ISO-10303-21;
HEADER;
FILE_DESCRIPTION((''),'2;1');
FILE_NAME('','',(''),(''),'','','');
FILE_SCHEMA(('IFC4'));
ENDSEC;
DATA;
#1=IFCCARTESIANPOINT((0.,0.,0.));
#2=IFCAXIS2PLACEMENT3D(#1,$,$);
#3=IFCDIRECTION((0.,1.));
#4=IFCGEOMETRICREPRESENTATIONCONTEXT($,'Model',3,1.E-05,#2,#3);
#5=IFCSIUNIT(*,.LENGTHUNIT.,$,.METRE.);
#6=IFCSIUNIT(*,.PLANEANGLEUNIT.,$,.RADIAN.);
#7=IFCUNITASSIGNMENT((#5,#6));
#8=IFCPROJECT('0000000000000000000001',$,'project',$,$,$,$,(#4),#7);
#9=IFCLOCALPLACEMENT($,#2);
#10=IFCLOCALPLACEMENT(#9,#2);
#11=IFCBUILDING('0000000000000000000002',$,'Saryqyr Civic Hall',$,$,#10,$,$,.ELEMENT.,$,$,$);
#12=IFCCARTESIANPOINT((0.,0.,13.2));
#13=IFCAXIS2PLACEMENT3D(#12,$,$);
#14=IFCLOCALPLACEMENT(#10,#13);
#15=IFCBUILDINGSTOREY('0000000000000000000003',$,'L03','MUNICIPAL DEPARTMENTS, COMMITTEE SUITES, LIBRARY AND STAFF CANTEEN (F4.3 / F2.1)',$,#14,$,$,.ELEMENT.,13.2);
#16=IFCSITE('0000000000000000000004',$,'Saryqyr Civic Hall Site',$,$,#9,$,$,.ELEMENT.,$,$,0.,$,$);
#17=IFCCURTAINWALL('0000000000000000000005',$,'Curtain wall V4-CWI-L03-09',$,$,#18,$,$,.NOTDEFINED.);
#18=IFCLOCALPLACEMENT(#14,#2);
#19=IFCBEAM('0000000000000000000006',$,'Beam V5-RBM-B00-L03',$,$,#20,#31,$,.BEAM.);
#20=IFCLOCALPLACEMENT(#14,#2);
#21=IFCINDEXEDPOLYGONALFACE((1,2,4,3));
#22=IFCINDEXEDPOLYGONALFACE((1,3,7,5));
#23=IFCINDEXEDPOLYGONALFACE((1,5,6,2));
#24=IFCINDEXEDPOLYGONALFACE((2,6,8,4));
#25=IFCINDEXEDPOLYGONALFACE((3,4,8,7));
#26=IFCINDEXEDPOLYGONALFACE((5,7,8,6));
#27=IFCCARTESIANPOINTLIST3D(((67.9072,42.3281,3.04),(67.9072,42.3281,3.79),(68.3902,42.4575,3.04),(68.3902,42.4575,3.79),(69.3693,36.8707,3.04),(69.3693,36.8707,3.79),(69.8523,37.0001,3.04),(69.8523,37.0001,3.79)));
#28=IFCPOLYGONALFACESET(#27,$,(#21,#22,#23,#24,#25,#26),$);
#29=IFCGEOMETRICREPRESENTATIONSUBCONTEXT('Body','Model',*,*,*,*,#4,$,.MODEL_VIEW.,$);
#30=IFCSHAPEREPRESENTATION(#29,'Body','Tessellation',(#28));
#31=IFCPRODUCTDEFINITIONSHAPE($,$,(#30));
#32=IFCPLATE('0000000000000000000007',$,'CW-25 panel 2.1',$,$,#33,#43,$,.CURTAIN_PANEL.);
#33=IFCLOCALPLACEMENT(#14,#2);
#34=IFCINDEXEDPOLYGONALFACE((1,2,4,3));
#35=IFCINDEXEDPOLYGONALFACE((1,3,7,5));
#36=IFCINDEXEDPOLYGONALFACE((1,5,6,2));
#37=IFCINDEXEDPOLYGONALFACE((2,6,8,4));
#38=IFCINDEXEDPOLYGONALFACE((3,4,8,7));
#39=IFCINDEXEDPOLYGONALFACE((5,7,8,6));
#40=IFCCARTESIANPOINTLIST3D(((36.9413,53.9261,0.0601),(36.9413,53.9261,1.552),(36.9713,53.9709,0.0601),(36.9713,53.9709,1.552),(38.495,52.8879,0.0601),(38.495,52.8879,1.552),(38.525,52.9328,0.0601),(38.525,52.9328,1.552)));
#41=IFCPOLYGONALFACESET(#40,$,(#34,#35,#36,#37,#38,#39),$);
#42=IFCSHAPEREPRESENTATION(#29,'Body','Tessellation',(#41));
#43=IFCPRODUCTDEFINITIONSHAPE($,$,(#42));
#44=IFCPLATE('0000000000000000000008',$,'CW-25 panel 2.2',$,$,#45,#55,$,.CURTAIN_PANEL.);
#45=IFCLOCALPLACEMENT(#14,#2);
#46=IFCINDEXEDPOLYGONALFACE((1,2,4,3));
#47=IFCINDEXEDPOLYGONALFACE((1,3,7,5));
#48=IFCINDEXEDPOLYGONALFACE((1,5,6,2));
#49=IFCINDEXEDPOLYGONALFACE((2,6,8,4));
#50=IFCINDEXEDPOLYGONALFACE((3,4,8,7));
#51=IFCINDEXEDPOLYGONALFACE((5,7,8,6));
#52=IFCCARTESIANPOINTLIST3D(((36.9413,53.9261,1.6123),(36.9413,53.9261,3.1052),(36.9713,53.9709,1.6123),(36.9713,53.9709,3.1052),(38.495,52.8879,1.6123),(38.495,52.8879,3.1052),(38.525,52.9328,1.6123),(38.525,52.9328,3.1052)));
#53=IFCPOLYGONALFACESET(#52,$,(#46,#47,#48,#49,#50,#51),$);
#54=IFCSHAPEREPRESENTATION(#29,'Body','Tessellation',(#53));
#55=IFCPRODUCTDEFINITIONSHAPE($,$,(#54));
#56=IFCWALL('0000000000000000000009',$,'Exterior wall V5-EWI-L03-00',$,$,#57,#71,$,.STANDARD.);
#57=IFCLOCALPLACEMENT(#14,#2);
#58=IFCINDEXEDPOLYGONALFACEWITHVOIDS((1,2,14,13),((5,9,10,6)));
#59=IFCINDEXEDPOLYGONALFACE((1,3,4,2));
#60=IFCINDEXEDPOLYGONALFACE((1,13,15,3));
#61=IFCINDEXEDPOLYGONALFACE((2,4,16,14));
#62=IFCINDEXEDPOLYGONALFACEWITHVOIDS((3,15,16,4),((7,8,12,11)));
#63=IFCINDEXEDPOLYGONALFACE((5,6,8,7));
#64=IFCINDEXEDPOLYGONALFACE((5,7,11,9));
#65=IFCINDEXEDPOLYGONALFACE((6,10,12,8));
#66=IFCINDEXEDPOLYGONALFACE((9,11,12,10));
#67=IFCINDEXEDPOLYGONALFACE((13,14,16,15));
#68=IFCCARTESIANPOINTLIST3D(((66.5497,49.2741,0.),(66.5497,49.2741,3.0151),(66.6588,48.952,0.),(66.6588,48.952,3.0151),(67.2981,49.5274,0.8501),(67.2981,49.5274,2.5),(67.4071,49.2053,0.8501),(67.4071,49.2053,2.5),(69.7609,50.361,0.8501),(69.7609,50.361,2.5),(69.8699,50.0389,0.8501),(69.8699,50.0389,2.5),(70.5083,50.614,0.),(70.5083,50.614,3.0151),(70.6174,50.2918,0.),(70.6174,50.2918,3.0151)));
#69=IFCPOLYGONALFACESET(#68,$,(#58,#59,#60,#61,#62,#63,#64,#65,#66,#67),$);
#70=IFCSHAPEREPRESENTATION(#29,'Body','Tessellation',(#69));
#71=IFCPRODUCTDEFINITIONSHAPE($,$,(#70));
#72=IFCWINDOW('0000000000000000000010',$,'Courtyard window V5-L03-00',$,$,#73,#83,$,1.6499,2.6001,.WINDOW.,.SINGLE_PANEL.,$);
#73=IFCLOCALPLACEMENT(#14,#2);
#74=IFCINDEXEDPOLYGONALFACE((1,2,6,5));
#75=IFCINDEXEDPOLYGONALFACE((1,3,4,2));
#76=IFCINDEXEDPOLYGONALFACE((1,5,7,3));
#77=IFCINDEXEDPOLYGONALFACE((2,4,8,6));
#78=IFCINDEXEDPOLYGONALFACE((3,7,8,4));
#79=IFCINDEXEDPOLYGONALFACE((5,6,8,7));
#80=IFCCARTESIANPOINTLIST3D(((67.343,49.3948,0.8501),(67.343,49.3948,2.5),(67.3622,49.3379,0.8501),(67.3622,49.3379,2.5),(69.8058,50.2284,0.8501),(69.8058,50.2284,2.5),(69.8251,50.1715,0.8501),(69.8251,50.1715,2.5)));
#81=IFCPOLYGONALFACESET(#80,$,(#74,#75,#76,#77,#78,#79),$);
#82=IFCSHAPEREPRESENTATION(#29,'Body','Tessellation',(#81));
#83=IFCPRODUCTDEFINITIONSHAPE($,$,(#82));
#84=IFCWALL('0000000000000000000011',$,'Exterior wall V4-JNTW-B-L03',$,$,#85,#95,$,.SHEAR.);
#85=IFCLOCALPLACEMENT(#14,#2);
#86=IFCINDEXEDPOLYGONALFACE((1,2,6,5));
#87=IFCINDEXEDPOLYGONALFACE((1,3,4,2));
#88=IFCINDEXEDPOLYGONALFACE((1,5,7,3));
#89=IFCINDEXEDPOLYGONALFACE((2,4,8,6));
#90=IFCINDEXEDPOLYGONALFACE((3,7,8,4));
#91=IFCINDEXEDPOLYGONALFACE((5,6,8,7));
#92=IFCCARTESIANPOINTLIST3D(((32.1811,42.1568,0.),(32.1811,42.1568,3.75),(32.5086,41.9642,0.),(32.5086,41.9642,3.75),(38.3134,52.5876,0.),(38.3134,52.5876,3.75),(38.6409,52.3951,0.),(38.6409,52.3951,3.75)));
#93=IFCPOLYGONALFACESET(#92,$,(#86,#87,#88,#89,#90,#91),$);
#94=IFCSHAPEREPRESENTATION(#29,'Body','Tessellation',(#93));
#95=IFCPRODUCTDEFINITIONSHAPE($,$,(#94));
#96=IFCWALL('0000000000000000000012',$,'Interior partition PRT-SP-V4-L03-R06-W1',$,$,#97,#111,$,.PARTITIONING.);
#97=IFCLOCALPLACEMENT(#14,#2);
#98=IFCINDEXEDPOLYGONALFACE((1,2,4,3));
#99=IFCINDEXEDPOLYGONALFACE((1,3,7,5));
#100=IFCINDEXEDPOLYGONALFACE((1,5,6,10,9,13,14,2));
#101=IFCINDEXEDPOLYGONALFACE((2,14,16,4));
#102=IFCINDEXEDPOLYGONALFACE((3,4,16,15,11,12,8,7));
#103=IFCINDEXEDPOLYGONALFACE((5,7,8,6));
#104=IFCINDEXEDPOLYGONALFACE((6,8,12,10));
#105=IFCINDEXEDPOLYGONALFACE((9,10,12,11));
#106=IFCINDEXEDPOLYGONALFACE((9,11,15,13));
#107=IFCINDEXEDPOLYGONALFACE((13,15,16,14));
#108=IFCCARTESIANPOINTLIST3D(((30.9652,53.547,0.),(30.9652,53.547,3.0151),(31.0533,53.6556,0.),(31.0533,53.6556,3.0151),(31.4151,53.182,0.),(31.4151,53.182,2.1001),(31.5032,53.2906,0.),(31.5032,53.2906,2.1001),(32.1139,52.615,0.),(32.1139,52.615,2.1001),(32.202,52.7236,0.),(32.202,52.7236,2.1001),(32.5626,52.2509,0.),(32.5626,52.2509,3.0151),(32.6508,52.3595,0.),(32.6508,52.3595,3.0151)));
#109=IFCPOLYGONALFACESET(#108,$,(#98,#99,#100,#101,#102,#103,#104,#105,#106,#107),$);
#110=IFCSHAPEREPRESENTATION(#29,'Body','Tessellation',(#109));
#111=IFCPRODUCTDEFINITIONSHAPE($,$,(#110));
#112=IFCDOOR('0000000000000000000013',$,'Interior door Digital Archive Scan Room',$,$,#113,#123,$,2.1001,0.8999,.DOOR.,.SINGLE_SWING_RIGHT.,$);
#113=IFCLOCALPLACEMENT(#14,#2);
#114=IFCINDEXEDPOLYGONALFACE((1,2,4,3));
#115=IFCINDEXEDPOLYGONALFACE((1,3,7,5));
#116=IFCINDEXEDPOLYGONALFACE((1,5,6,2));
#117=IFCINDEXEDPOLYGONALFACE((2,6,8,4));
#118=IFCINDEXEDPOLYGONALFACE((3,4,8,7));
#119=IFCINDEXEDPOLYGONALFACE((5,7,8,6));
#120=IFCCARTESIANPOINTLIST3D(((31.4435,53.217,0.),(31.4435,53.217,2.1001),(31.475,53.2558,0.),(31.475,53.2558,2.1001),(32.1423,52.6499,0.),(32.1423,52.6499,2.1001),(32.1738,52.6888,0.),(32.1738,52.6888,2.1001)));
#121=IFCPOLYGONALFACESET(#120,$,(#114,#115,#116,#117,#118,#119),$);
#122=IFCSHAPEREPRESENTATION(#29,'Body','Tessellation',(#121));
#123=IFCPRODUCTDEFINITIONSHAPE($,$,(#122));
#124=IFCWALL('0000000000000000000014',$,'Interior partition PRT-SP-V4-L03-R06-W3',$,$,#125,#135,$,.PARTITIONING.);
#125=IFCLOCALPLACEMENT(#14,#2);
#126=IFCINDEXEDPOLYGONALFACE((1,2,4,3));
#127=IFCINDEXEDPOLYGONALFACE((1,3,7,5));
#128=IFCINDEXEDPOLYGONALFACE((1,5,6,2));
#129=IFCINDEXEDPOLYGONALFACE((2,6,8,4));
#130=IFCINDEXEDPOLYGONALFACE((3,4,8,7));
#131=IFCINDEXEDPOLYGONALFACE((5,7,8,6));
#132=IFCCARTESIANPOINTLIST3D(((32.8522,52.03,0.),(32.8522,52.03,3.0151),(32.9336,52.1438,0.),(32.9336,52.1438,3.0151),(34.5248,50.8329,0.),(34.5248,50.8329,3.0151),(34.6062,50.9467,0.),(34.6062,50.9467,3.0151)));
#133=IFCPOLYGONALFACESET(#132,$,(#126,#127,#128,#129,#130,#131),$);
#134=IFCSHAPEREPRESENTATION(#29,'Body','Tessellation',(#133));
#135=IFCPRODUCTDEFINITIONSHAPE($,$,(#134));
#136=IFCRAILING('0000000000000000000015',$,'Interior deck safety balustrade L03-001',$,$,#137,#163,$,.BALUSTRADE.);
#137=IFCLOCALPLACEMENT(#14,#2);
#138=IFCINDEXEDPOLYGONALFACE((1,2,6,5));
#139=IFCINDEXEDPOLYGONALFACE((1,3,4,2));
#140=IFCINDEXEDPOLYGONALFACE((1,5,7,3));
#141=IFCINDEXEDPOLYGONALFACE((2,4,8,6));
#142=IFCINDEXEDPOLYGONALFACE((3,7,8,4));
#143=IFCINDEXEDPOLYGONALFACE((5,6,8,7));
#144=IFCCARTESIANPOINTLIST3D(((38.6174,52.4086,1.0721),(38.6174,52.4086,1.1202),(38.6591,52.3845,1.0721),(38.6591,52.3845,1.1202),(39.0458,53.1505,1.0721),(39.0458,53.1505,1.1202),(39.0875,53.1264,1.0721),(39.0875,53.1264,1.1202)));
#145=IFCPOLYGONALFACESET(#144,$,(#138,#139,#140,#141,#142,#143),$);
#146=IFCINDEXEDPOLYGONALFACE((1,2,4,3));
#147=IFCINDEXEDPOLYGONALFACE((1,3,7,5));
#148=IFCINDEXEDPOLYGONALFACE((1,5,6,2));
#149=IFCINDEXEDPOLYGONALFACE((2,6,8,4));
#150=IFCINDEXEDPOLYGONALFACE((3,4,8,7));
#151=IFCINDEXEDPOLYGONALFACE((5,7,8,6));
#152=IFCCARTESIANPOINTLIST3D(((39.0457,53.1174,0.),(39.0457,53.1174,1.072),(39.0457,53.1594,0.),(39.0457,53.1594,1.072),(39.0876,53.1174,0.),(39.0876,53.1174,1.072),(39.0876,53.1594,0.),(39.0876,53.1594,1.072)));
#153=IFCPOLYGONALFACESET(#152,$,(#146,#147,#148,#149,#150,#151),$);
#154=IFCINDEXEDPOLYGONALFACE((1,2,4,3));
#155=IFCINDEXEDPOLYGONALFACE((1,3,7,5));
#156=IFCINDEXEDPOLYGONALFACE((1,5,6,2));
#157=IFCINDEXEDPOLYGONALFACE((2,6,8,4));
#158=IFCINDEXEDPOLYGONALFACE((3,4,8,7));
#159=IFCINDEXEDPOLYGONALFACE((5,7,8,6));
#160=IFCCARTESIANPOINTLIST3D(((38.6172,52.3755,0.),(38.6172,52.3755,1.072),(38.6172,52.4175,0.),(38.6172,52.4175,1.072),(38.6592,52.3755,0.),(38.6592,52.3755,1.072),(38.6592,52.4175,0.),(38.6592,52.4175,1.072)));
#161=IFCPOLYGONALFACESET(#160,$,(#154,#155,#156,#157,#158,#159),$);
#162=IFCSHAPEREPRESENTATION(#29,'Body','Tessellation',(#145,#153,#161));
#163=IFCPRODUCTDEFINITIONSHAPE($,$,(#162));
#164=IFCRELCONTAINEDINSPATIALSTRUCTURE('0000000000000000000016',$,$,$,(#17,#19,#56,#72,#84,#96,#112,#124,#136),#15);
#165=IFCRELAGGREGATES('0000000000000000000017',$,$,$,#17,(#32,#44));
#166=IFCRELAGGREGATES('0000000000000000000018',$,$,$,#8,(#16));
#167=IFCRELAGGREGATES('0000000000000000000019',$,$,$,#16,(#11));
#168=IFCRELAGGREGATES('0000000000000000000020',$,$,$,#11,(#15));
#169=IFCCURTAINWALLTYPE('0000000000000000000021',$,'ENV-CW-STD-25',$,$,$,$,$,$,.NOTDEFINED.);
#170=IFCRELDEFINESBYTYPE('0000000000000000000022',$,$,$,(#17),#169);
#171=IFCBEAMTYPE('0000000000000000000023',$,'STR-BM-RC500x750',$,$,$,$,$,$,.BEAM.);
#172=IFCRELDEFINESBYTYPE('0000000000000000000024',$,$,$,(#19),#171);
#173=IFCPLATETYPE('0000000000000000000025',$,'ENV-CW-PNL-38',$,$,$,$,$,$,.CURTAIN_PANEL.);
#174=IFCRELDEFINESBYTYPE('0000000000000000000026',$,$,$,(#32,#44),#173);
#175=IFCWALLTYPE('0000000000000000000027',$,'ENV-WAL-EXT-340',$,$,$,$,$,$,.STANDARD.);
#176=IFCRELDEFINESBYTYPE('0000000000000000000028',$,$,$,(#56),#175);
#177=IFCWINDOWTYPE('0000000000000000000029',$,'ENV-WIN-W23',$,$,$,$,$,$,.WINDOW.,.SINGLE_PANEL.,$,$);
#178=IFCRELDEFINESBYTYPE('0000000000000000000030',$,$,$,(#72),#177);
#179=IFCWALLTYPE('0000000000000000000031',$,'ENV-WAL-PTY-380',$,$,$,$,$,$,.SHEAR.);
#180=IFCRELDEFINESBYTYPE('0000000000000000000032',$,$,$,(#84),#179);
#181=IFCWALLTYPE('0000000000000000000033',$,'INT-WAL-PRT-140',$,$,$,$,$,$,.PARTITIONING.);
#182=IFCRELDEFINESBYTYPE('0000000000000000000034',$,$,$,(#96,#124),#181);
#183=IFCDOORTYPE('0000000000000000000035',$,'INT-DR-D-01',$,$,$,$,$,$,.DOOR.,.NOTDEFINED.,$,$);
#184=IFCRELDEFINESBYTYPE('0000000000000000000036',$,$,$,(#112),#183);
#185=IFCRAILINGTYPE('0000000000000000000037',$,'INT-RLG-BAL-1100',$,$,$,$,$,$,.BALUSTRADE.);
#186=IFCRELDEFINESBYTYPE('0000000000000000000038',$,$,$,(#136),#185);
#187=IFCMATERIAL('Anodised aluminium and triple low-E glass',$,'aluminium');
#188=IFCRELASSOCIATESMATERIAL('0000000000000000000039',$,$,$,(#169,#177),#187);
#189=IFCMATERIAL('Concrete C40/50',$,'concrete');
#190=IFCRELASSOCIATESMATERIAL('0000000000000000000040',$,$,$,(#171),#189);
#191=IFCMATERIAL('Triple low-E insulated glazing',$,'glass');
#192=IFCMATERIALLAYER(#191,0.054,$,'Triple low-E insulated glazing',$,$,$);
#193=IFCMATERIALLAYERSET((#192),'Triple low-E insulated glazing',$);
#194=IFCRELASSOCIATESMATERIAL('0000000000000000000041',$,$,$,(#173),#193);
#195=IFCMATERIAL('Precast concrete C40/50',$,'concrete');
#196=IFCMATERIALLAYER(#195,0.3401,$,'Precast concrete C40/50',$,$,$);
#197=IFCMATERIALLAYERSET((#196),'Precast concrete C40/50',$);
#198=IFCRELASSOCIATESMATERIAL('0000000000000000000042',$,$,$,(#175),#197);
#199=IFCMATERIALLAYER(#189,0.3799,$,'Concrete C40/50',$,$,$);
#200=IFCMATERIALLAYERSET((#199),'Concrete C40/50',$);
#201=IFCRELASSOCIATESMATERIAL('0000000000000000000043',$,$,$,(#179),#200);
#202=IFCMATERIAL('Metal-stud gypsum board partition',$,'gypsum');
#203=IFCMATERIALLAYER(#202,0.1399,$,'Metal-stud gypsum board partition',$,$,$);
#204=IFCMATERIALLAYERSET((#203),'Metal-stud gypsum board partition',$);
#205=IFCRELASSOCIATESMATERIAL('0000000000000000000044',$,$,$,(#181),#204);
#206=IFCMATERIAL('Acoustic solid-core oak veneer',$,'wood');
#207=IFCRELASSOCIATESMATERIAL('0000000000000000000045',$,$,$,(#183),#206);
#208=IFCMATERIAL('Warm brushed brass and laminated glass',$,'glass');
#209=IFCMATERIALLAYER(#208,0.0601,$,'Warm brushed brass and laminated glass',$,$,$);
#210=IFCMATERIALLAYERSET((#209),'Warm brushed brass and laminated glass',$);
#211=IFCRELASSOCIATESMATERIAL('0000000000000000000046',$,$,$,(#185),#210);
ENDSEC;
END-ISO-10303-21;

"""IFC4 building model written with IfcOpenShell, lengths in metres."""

from ifc_helpers import new_model, si_unit, direction, frame, frame_2d, origin, origin_2d, place, context, subcontext, project, spatial, rectangle, extrude, material, layer, layer_set, material_profile, profile_set, type_object, element, fill, aggregate, save


model = new_model("IFC4")

# Units and contexts
model_context = context("Model", 3, precision=1e-05, world=origin(), true_north=direction((0.0, 1.0)))
body_context = subcontext(model_context, "Body", "Model", "MODEL_VIEW")
ifc_project = project(units=[si_unit("LENGTHUNIT", "METRE"), si_unit("PLANEANGLEUNIT", "RADIAN")], contexts=[model_context])

# Site, building, storey
site_placement = place(None, origin())
site = spatial("IfcSite", under=ifc_project, at=site_placement, Name="Saryqyr Civic Hall Site", CompositionType="ELEMENT", RefElevation=0.0)
building_placement = place(site_placement, origin())
building = spatial("IfcBuilding", under=site, at=building_placement, Name="Saryqyr Civic Hall", CompositionType="ELEMENT")
storey_placement = place(building_placement, frame((0.0, 0.0, 13.2)))
storey = spatial("IfcBuildingStorey", under=building, at=storey_placement, Name="L03", Description="MUNICIPAL DEPARTMENTS, COMMITTEE SUITES, LIBRARY AND STAFF CANTEEN (F4.3 / F2.1)", CompositionType="ELEMENT", Elevation=13.2)

# Shared definitions
ifc_material_1 = material(Name="Concrete C40/50", Category="concrete")

# Curtain wall
ifc_material_2 = material(Name="Anodised aluminium and triple low-E glass", Category="aluminium")
curtain_wall_type = type_object("IfcCurtainWallType", Name="ENV-CW-STD-25", PredefinedType="NOTDEFINED", material=ifc_material_2)
curtain_wall_placement = place(storey_placement, origin())
curtain_wall = element("IfcCurtainWall", 1, at=curtain_wall_placement, inside=storey, type_object=curtain_wall_type, Name="Curtain wall V4-CWI-L03-09", PredefinedType="NOTDEFINED")

# Beam
ifc_material_profile_1 = material_profile(ifc_material_1, rectangle(XDim=0.5, YDim=0.75, at=origin_2d()), Name="RC 500x750")
ifc_profile_set_1 = profile_set([ifc_material_profile_1], Name="Concrete C40/50")
beam_type_1 = type_object("IfcBeamType", Name="STR-BM-RC500x750", PredefinedType="BEAM", material=ifc_profile_set_1)
beam_1_placement = place(storey_placement, frame((68.1487, 42.3928, 3.415), z_axis=(0.258789, -0.965934, 0.0), x_axis=(0.965934, 0.258789, 0.0)))
element("IfcBeam", 2, at=beam_1_placement, inside=storey, type_object=beam_type_1, Name="Beam V5-RBM-B00-L03", PredefinedType="BEAM", context=body_context, shape_type="SweptSolid", body=[
    extrude(rectangle(XDim=0.5, YDim=0.75, at=origin_2d()), origin(), (0.0, 0.0, 1.0), 5.6499),
])

# Plates
ifc_material_3 = material(Name="Triple low-E insulated glazing", Category="glass")
ifc_layer_1 = layer(ifc_material_3, 0.054, Name="Triple low-E insulated glazing")
ifc_layer_set_1 = layer_set([ifc_layer_1], Name="Triple low-E insulated glazing")
plate_type = type_object("IfcPlateType", Name="ENV-CW-PNL-38", PredefinedType="CURTAIN_PANEL", material=ifc_layer_set_1)
plate_1_placement = place(storey_placement, frame((37.7332, 53.4294, 0.0601), z_axis=(0.0, 0.0, 1.0), x_axis=(0.83148, -0.555554, 0.0)))
plate_1 = element("IfcPlate", 3, at=plate_1_placement, type_object=plate_type, Name="CW-25 panel 2.1", PredefinedType="CURTAIN_PANEL", context=body_context, shape_type="SweptSolid", body=[
    extrude(rectangle(XDim=1.8687, YDim=0.054, at=origin_2d()), origin(), (0.0, 0.0, 1.0), 1.4919),
])
plate_2_placement = place(storey_placement, frame((37.7332, 53.4294, 1.6123), z_axis=(0.0, 0.0, 1.0), x_axis=(0.83148, -0.555554, 0.0)))
plate_2 = element("IfcPlate", 4, at=plate_2_placement, type_object=plate_type, Name="CW-25 panel 2.2", PredefinedType="CURTAIN_PANEL", context=body_context, shape_type="SweptSolid", body=[
    extrude(rectangle(XDim=1.8687, YDim=0.054, at=origin_2d()), origin(), (0.0, 0.0, 1.0), 1.4929),
])
aggregate(curtain_wall, [plate_1, plate_2])

# Wall, opening, window
ifc_material_4 = material(Name="Precast concrete C40/50", Category="concrete")
ifc_layer_2 = layer(ifc_material_4, 0.3401, Name="Precast concrete C40/50")
ifc_layer_set_2 = layer_set([ifc_layer_2], Name="Precast concrete C40/50")
wall_type_1 = type_object("IfcWallType", Name="ENV-WAL-EXT-340", PredefinedType="STANDARD", material=ifc_layer_set_2)
wall_1_placement = place(storey_placement, frame((66.6042, 49.113, 0.0), z_axis=(0.0, 0.0, 1.0), x_axis=(0.947213, 0.320606, 0.0)))
wall_1 = element("IfcWall", 5, at=wall_1_placement, inside=storey, type_object=wall_type_1, Name="Exterior wall V5-EWI-L03-00", PredefinedType="STANDARD", context=body_context, shape_type="SweptSolid", body=[
    extrude(rectangle(XDim=4.1792, YDim=0.3401, at=frame_2d((2.0896, 0.0))), origin(), (0.0, 0.0, 1.0), 3.0151),
])
opening_1_placement = place(wall_1_placement, frame((0.79, 0.0, 0.8501)))
opening_1 = element("IfcOpeningElement", 6, at=opening_1_placement, cuts=wall_1, PredefinedType="OPENING", context=body_context, shape_type="SweptSolid", body=[
    extrude(rectangle(XDim=2.6001, YDim=1.6499, at=frame_2d((1.3, 0.825))), frame((0.0, 0.1799, 0.0), z_axis=(0.0, -1.0, 0.0), x_axis=(1.0, 0.0, 0.0)), (0.0, 0.0, 1.0), 0.3601),
])
window_type = type_object("IfcWindowType", Name="ENV-WIN-W23", PartitioningType="SINGLE_PANEL", PredefinedType="WINDOW", material=ifc_material_2)
window_placement = place(opening_1_placement, origin())
window = element("IfcWindow", 7, at=window_placement, inside=storey, type_object=window_type, Name="Courtyard window V5-L03-00", OverallHeight=1.6499, OverallWidth=2.6001, PartitioningType="SINGLE_PANEL", PredefinedType="WINDOW", context=body_context, shape_type="SweptSolid", body=[
    extrude(rectangle(XDim=2.6001, YDim=1.6499, at=frame_2d((1.3, 0.825))), frame((0.0, 0.03, 0.0), z_axis=(0.0, -1.0, 0.0), x_axis=(1.0, 0.0, 0.0)), (0.0, 0.0, 1.0), 0.0601),
])
fill(opening_1, window)

# Wall
ifc_layer_3 = layer(ifc_material_1, 0.3799, Name="Concrete C40/50")
ifc_layer_set_3 = layer_set([ifc_layer_3], Name="Concrete C40/50")
wall_type_2 = type_object("IfcWallType", Name="ENV-WAL-PTY-380", PredefinedType="SHEAR", material=ifc_layer_set_3)
wall_2_placement = place(storey_placement, frame((38.4771, 52.4912, 0.0), z_axis=(0.0, 0.0, 1.0), x_axis=(-0.506805, -0.862061, 0.0)))
element("IfcWall", 8, at=wall_2_placement, inside=storey, type_object=wall_type_2, Name="Exterior wall V4-JNTW-B-L03", PredefinedType="SHEAR", context=body_context, shape_type="SweptSolid", body=[
    extrude(rectangle(XDim=12.0999, YDim=0.3799, at=frame_2d((6.0498, 0.0))), origin(), (0.0, 0.0, 1.0), 3.75),
])

# Wall, opening, door
ifc_material_5 = material(Name="Metal-stud gypsum board partition", Category="gypsum")
ifc_layer_4 = layer(ifc_material_5, 0.1399, Name="Metal-stud gypsum board partition")
ifc_layer_set_4 = layer_set([ifc_layer_4], Name="Metal-stud gypsum board partition")
wall_type_3 = type_object("IfcWallType", Name="INT-WAL-PRT-140", PredefinedType="PARTITIONING", material=ifc_layer_set_4)
wall_3_placement = place(storey_placement, frame((32.6067, 52.3052, 0.0), z_axis=(0.0, 0.0, 1.0), x_axis=(-0.776531, 0.630079, 0.0)))
wall_3 = element("IfcWall", 9, at=wall_3_placement, inside=storey, type_object=wall_type_3, Name="Interior partition PRT-SP-V4-L03-R06-W1", PredefinedType="PARTITIONING", context=body_context, shape_type="SweptSolid", body=[
    extrude(rectangle(XDim=2.0571, YDim=0.1399, at=frame_2d((1.0286, 0.0))), origin(), (0.0, 0.0, 1.0), 3.0151),
])
opening_2_placement = place(wall_3_placement, frame((0.5779, 0.0, 0.0)))
opening_2 = element("IfcOpeningElement", 10, at=opening_2_placement, cuts=wall_3, PredefinedType="OPENING", context=body_context, shape_type="SweptSolid", body=[
    extrude(rectangle(XDim=0.8999, YDim=2.1001, at=frame_2d((0.45, 1.05))), frame((0.0, 0.0798, 0.0), z_axis=(0.0, -1.0, 0.0), x_axis=(1.0, 0.0, 0.0)), (0.0, 0.0, 1.0), 0.1599),
])
ifc_material_6 = material(Name="Acoustic solid-core oak veneer", Category="wood")
door_type = type_object("IfcDoorType", Name="INT-DR-D-01", OperationType="NOTDEFINED", PredefinedType="DOOR", material=ifc_material_6)
door_placement = place(opening_2_placement, origin())
door = element("IfcDoor", 11, at=door_placement, inside=storey, type_object=door_type, Name="Interior door Digital Archive Scan Room", OperationType="SINGLE_SWING_RIGHT", OverallHeight=2.1001, OverallWidth=0.8999, PredefinedType="DOOR", context=body_context, shape_type="SweptSolid", body=[
    extrude(rectangle(XDim=0.8999, YDim=2.1001, at=frame_2d((0.45, 1.05))), frame((0.0, 0.0249, 0.0), z_axis=(0.0, -1.0, 0.0), x_axis=(1.0, 0.0, 0.0)), (0.0, 0.0, 1.0), 0.05),
])
fill(opening_2, door)

# Wall
wall_4_placement = place(storey_placement, frame((34.5654, 50.8899, 0.0), z_axis=(0.0, 0.0, 1.0), x_axis=(-0.813204, 0.581979, 0.0)))
element("IfcWall", 12, at=wall_4_placement, inside=storey, type_object=wall_type_3, Name="Interior partition PRT-SP-V4-L03-R06-W3", PredefinedType="PARTITIONING", context=body_context, shape_type="SweptSolid", body=[
    extrude(rectangle(XDim=2.0569, YDim=0.1399, at=frame_2d((1.0283, 0.0))), origin(), (0.0, 0.0, 1.0), 3.0151),
])

# Railing
ifc_material_7 = material(Name="Warm brushed brass and laminated glass", Category="glass")
ifc_layer_5 = layer(ifc_material_7, 0.0601, Name="Warm brushed brass and laminated glass")
ifc_layer_set_5 = layer_set([ifc_layer_5], Name="Warm brushed brass and laminated glass")
railing_type = type_object("IfcRailingType", Name="INT-RLG-BAL-1100", PredefinedType="BALUSTRADE", material=ifc_layer_set_5)
railing_1_placement = place(storey_placement, frame((39.0667, 53.1384, 0.0)))
element("IfcRailing", 13, at=railing_1_placement, inside=storey, type_object=railing_type, Name="Interior deck safety balustrade L03-001", PredefinedType="BALUSTRADE", context=body_context, shape_type="SweptSolid", body=[
    extrude(rectangle(XDim=0.0481, YDim=0.0481, at=origin_2d()), frame((0.0, 0.0, 1.0962), z_axis=(-0.500092, -0.865972, 0.0), x_axis=(0.865972, -0.500092, 0.0)), (0.0, 0.0, 1.0), 0.8567),
    extrude(rectangle(XDim=0.042, YDim=0.042, at=origin_2d()), origin(), (0.0, 0.0, 1.0), 1.072),
    extrude(rectangle(XDim=0.042, YDim=0.042, at=origin_2d()), frame((-0.4285, -0.7419, 0.0)), (0.0, 0.0, 1.0), 1.072),
])

save(model, "model.ifc")
